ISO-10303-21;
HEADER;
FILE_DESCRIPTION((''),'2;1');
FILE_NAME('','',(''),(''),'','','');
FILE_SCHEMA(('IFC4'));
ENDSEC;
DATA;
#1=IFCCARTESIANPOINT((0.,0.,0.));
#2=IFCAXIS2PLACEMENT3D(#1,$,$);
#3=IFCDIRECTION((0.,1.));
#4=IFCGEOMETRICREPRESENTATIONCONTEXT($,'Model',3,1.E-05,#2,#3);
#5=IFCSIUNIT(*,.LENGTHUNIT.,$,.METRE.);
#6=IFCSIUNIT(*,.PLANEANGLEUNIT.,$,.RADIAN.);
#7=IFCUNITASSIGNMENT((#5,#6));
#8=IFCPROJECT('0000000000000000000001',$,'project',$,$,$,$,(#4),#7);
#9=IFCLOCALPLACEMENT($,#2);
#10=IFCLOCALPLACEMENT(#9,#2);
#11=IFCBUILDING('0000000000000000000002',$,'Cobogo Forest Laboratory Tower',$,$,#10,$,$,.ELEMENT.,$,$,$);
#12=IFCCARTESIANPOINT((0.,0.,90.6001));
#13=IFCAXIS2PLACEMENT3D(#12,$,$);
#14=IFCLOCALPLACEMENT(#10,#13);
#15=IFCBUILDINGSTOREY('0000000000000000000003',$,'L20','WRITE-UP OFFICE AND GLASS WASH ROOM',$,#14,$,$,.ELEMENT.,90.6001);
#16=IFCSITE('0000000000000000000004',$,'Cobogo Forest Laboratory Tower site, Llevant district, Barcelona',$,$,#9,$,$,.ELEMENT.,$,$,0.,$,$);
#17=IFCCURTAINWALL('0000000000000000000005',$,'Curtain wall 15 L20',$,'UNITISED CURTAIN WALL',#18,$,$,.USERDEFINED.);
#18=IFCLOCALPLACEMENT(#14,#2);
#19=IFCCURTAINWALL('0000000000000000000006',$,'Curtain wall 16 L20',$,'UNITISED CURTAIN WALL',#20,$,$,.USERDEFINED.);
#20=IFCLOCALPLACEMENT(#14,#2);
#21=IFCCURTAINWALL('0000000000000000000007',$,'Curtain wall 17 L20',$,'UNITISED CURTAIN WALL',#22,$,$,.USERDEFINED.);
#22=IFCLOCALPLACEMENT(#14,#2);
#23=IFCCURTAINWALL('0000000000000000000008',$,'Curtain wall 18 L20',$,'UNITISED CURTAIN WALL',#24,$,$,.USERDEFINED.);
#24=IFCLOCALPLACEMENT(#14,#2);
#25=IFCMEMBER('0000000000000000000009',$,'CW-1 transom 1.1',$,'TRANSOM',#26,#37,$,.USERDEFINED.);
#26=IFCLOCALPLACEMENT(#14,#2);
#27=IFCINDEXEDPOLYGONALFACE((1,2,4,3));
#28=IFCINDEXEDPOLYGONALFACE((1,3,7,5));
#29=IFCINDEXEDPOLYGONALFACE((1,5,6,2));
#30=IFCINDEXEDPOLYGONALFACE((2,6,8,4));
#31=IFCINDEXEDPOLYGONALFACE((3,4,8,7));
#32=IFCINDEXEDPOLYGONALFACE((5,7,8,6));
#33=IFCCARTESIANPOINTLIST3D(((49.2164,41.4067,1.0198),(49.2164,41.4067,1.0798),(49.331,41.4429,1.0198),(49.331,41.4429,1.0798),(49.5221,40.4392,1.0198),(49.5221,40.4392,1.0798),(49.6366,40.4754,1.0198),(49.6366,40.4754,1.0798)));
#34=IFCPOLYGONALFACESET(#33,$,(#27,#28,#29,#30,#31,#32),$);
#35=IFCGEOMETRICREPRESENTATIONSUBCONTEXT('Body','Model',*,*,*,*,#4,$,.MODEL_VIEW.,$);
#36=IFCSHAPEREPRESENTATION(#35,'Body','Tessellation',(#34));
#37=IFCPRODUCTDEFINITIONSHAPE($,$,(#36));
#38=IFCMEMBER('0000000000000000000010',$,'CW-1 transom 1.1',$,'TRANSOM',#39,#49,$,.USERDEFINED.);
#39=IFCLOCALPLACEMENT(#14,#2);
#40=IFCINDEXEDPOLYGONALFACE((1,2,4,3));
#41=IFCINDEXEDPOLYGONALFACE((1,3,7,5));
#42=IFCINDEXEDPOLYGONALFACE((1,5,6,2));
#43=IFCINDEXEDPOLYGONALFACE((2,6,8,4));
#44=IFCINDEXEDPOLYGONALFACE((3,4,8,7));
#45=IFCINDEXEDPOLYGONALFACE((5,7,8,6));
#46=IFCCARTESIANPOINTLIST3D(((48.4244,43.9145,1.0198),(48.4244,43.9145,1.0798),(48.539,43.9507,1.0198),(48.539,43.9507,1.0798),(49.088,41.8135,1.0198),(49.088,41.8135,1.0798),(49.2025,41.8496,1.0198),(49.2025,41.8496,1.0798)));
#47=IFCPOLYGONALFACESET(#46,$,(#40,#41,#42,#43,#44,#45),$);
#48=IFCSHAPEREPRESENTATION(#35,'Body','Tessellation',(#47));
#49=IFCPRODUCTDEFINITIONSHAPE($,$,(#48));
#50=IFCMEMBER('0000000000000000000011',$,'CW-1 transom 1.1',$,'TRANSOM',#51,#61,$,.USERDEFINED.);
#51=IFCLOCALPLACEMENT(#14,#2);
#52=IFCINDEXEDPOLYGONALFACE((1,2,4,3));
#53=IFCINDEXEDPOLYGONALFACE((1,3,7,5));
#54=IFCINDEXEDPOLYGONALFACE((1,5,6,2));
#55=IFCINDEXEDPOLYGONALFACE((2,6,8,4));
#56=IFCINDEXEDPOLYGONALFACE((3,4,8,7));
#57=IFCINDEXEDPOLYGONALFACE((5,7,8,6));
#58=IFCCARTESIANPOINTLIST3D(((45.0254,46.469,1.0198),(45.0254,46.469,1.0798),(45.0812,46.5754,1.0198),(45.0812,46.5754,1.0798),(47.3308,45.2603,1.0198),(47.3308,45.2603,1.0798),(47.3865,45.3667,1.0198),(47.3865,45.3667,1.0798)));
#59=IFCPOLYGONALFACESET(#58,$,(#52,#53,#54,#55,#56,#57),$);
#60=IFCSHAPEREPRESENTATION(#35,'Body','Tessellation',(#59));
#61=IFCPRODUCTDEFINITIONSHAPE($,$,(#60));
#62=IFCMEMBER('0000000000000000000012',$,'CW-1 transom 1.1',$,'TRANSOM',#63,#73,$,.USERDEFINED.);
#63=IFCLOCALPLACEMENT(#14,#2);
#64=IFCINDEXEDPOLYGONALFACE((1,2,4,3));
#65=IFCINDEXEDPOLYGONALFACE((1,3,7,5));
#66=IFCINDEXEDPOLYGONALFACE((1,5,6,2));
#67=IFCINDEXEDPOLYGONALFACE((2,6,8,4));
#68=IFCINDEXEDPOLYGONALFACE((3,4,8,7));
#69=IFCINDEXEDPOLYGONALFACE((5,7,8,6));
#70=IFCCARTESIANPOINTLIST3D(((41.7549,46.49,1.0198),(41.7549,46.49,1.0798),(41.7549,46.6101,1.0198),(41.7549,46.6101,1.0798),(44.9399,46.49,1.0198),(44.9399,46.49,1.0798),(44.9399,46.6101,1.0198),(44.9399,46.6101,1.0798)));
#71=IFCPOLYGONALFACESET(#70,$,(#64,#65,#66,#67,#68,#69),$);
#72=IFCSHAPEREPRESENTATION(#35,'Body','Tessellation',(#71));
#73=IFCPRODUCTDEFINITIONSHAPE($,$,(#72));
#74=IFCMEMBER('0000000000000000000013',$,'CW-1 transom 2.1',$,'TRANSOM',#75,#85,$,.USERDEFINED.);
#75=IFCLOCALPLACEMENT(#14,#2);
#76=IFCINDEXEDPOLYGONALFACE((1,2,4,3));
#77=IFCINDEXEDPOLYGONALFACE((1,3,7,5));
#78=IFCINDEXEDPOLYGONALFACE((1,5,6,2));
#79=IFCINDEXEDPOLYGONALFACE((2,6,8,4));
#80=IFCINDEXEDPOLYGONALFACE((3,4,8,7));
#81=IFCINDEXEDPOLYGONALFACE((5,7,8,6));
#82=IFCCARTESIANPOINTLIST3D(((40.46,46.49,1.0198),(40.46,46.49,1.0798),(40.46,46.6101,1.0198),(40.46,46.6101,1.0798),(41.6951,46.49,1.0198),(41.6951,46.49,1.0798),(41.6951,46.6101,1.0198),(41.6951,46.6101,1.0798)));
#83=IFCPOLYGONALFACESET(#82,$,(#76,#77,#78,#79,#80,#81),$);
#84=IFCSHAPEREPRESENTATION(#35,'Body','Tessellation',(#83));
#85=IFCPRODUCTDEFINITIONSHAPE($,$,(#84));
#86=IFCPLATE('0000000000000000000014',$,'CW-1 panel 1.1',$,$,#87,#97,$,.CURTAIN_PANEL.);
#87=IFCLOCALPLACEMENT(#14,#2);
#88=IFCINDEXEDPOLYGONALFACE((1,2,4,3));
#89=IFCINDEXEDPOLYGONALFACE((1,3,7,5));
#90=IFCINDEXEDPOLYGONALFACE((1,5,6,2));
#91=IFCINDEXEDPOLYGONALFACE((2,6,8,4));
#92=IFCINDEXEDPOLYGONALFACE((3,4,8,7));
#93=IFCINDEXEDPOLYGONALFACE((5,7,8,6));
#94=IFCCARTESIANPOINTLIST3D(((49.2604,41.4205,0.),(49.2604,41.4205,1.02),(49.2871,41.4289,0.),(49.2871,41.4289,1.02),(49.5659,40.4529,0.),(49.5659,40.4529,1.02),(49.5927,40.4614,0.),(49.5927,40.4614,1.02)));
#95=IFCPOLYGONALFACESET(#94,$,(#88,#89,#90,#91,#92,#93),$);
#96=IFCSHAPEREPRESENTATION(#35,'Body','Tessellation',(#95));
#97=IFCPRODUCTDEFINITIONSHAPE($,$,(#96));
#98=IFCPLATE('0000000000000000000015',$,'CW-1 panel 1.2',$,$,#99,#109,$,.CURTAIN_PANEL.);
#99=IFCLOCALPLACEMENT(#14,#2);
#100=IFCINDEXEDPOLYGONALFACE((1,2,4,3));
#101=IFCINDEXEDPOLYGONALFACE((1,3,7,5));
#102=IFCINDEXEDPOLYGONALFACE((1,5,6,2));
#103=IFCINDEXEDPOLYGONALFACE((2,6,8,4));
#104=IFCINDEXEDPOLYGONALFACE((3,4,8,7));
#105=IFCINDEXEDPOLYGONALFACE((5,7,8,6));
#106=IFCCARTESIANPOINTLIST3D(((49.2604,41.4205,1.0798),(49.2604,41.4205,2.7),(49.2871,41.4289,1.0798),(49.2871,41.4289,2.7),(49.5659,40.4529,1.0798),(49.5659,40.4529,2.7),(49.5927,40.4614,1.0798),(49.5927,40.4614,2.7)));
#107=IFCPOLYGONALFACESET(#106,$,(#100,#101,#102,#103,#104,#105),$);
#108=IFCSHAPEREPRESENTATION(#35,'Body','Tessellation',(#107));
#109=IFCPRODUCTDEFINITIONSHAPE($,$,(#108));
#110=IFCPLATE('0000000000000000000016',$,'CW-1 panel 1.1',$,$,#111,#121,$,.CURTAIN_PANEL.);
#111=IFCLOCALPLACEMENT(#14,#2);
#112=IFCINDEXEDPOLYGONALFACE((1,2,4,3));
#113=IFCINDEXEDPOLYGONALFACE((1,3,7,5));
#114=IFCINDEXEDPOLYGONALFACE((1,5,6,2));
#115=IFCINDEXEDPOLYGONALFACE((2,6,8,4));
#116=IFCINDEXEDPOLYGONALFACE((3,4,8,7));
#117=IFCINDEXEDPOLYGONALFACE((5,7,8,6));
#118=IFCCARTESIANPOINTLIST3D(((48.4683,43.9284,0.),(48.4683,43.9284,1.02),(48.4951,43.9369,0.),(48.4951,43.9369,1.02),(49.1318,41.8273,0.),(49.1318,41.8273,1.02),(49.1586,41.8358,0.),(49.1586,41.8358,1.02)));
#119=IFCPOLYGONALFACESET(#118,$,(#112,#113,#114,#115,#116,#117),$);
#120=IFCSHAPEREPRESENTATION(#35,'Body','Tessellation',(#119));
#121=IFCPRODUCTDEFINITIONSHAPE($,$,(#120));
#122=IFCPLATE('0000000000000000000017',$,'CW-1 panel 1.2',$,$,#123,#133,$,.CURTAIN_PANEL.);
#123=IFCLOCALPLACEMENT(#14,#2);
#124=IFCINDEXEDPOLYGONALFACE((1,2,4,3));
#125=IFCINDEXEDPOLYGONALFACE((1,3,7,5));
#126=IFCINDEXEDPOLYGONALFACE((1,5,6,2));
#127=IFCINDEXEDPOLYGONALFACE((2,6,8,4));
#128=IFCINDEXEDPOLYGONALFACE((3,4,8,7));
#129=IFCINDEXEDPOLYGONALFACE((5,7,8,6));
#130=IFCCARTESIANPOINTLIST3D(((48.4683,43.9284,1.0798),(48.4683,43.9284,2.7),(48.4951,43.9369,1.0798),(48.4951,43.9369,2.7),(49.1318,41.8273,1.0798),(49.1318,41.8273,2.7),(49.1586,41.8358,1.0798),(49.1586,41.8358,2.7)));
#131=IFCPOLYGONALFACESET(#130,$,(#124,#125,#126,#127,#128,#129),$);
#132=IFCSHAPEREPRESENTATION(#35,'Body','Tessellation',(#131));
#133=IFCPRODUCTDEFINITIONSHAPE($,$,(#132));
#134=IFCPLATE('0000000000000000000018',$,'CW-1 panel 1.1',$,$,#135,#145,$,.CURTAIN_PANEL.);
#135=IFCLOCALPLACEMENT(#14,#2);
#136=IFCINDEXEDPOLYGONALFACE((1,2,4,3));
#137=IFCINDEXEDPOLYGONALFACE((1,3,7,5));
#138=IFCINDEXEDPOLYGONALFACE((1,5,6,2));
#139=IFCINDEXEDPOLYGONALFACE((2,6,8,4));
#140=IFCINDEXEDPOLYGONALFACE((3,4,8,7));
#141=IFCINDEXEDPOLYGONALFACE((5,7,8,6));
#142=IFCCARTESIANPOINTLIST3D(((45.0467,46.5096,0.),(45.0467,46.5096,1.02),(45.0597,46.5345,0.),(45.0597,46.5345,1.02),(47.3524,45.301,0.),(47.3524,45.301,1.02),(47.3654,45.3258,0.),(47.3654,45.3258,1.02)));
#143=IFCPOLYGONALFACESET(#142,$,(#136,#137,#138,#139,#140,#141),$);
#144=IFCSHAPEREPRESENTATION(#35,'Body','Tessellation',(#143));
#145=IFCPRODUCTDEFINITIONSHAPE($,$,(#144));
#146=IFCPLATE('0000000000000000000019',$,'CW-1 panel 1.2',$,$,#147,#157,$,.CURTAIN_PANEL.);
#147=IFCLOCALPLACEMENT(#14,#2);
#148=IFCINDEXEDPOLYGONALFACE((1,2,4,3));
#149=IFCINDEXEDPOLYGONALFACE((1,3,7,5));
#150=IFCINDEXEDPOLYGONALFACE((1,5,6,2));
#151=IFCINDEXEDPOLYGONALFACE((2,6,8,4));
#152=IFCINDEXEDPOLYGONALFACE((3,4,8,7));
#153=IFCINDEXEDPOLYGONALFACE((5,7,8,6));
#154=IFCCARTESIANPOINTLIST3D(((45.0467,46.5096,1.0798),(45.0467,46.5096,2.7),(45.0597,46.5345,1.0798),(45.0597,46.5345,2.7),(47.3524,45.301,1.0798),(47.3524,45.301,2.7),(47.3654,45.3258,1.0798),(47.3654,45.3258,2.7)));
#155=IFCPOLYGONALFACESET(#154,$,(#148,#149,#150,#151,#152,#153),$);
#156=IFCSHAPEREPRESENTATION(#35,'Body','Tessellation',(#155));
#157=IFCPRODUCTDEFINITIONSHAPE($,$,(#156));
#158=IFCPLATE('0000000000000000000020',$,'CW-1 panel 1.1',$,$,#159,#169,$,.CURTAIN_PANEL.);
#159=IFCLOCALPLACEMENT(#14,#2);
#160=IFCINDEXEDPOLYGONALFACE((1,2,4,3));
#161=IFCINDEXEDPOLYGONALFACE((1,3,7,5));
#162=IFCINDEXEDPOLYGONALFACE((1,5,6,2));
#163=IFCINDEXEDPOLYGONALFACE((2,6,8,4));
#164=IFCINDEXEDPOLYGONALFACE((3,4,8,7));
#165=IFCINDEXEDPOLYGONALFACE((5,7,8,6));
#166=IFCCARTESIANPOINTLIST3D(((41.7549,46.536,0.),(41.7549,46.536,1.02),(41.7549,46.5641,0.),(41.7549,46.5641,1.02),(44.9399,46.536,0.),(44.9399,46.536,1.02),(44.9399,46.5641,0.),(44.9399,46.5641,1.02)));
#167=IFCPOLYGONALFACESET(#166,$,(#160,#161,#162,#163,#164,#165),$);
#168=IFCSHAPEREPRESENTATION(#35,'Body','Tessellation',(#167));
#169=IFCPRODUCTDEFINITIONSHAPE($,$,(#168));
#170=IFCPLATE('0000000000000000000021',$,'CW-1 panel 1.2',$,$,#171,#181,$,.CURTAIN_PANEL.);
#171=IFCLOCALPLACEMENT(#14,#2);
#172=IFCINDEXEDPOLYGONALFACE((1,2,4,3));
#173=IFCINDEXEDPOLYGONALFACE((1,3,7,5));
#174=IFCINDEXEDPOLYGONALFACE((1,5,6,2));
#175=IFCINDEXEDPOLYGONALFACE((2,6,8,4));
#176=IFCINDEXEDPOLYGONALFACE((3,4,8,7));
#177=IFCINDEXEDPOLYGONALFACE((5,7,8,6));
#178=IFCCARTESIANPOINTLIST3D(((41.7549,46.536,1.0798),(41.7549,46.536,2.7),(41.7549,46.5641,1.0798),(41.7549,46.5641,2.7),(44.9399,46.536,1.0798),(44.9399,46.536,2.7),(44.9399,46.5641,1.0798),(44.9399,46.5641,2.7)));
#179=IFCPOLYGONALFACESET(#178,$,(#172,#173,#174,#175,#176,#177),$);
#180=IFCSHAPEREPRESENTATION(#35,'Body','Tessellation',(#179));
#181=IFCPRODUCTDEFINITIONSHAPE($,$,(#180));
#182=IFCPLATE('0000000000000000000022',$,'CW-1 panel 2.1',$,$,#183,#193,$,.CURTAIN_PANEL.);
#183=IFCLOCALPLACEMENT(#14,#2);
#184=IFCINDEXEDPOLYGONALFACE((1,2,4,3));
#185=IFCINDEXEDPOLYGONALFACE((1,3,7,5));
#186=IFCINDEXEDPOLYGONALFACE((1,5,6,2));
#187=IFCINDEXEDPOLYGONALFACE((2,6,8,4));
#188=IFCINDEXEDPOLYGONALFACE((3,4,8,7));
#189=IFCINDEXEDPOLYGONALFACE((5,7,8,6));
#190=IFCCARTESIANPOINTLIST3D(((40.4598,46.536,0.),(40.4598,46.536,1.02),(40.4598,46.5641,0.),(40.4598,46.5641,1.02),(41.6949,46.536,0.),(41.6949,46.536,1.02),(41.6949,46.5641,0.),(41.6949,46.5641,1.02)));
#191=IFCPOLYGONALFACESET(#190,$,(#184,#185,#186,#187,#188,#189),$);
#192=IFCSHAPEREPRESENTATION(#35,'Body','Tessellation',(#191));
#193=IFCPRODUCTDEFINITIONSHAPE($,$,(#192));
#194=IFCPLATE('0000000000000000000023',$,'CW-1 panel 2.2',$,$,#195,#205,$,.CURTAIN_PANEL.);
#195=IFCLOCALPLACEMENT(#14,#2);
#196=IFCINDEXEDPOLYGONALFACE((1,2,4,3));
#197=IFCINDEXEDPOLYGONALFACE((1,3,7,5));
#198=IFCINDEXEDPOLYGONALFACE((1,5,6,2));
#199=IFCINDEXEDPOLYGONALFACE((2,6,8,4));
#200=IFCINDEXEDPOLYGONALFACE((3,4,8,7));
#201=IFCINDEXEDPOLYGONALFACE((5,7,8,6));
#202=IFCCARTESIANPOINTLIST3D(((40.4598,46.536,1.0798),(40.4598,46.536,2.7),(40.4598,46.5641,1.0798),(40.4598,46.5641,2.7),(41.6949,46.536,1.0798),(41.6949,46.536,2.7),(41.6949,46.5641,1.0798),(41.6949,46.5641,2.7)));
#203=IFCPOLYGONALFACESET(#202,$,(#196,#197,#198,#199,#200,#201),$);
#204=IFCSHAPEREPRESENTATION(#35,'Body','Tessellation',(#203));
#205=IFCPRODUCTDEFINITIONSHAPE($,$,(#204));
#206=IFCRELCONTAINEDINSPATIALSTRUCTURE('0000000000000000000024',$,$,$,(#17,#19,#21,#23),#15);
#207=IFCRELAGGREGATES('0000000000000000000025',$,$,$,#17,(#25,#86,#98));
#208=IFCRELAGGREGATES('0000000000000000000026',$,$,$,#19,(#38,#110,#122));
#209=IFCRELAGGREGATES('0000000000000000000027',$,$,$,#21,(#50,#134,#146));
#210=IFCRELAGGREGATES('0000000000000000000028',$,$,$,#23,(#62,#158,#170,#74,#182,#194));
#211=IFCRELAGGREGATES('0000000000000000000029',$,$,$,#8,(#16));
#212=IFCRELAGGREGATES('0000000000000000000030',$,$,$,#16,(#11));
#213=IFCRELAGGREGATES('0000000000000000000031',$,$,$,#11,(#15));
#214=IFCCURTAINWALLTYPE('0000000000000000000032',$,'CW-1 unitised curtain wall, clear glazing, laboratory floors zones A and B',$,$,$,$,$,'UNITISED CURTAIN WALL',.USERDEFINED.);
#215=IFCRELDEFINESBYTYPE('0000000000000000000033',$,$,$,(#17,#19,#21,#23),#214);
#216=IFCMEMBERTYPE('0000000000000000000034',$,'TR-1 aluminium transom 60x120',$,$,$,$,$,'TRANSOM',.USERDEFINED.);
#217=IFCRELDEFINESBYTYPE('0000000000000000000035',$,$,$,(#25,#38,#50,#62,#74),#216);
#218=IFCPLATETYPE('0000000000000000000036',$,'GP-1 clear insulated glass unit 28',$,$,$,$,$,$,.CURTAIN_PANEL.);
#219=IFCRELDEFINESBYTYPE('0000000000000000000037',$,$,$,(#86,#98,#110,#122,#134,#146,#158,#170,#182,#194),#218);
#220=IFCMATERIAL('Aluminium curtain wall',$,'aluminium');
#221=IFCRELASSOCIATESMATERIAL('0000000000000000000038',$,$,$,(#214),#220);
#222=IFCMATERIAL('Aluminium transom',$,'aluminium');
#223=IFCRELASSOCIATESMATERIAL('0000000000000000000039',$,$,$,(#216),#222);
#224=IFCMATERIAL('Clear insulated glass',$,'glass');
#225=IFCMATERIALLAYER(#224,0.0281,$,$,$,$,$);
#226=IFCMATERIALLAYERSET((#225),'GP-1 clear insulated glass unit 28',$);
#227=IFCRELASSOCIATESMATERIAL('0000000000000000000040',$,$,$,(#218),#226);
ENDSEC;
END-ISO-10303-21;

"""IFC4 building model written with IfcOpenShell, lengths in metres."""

from ifc_helpers import new_model, si_unit, direction, frame, origin, origin_2d, place, context, subcontext, project, spatial, rectangle, extrude, material, layer, layer_set, material_profile, profile_set, type_object, element, aggregate, save


model = new_model("IFC4")

# Units and contexts
model_context = context("Model", 3, precision=1e-05, world=origin(), true_north=direction((0.0, 1.0)))
body_context = subcontext(model_context, "Body", "Model", "MODEL_VIEW")
ifc_project = project(units=[si_unit("LENGTHUNIT", "METRE"), si_unit("PLANEANGLEUNIT", "RADIAN")], contexts=[model_context])

# Site, building, storey
site_placement = place(None, origin())
site = spatial("IfcSite", under=ifc_project, at=site_placement, Name="Cobogo Forest Laboratory Tower site, Llevant district, Barcelona", CompositionType="ELEMENT", RefElevation=0.0)
building_placement = place(site_placement, origin())
building = spatial("IfcBuilding", under=site, at=building_placement, Name="Cobogo Forest Laboratory Tower", CompositionType="ELEMENT")
storey_placement = place(building_placement, frame((0.0, 0.0, 90.6001)))
storey = spatial("IfcBuildingStorey", under=building, at=storey_placement, Name="L20", Description="WRITE-UP OFFICE AND GLASS WASH ROOM", CompositionType="ELEMENT", Elevation=90.6001)

# Curtain walls
ifc_material_1 = material(Name="Aluminium curtain wall", Category="aluminium")
curtain_wall_type = type_object("IfcCurtainWallType", Name="CW-1 unitised curtain wall, clear glazing, laboratory floors zones A and B", ElementType="UNITISED CURTAIN WALL", PredefinedType="USERDEFINED", material=ifc_material_1)
curtain_wall_1_placement = place(storey_placement, origin())
curtain_wall_1 = element("IfcCurtainWall", 1, at=curtain_wall_1_placement, inside=storey, type_object=curtain_wall_type, Name="Curtain wall 15 L20", ObjectType="UNITISED CURTAIN WALL", PredefinedType="USERDEFINED")
curtain_wall_2_placement = place(storey_placement, origin())
curtain_wall_2 = element("IfcCurtainWall", 2, at=curtain_wall_2_placement, inside=storey, type_object=curtain_wall_type, Name="Curtain wall 16 L20", ObjectType="UNITISED CURTAIN WALL", PredefinedType="USERDEFINED")
curtain_wall_3_placement = place(storey_placement, origin())
curtain_wall_3 = element("IfcCurtainWall", 3, at=curtain_wall_3_placement, inside=storey, type_object=curtain_wall_type, Name="Curtain wall 17 L20", ObjectType="UNITISED CURTAIN WALL", PredefinedType="USERDEFINED")
curtain_wall_4_placement = place(storey_placement, origin())
curtain_wall_4 = element("IfcCurtainWall", 4, at=curtain_wall_4_placement, inside=storey, type_object=curtain_wall_type, Name="Curtain wall 18 L20", ObjectType="UNITISED CURTAIN WALL", PredefinedType="USERDEFINED")

# Members
ifc_material_2 = material(Name="Aluminium transom", Category="aluminium")
ifc_material_profile_1 = material_profile(ifc_material_2, rectangle(XDim=0.1201, YDim=0.0601, at=origin_2d()), Name="AL 60x120")
ifc_profile_set_1 = profile_set([ifc_material_profile_1], Name="Aluminium transom")
member_type_1 = type_object("IfcMemberType", Name="TR-1 aluminium transom 60x120", ElementType="TRANSOM", PredefinedType="USERDEFINED", material=ifc_profile_set_1)
member_1_placement = place(storey_placement, frame((49.5793, 40.4573, 1.0498), z_axis=(-0.301247, 0.953546, 0.0), x_axis=(-0.953546, -0.301247, 0.0)))
member_1 = element("IfcMember", 5, at=member_1_placement, type_object=member_type_1, Name="CW-1 transom 1.1", ObjectType="TRANSOM", PredefinedType="USERDEFINED", context=body_context, shape_type="SweptSolid", body=[
    extrude(rectangle(XDim=0.1201, YDim=0.0601, at=origin_2d()), origin(), (0.0, 0.0, 1.0), 1.0146),
])
member_2_placement = place(storey_placement, frame((49.1453, 41.8315, 1.0498), z_axis=(-0.301163, 0.953573, 0.0), x_axis=(-0.953573, -0.301163, 0.0)))
member_2 = element("IfcMember", 6, at=member_2_placement, type_object=member_type_1, Name="CW-1 transom 1.1", ObjectType="TRANSOM", PredefinedType="USERDEFINED", context=body_context, shape_type="SweptSolid", body=[
    extrude(rectangle(XDim=0.1201, YDim=0.0601, at=origin_2d()), origin(), (0.0, 0.0, 1.0), 2.2034),
])
member_3_placement = place(storey_placement, frame((47.3586, 45.3135, 1.0498), z_axis=(-0.885652, 0.46435, 0.0), x_axis=(-0.46435, -0.885652, 0.0)))
member_3 = element("IfcMember", 7, at=member_3_placement, type_object=member_type_1, Name="CW-1 transom 1.1", ObjectType="TRANSOM", PredefinedType="USERDEFINED", context=body_context, shape_type="SweptSolid", body=[
    extrude(rectangle(XDim=0.1201, YDim=0.0601, at=origin_2d()), origin(), (0.0, 0.0, 1.0), 2.603),
])
member_4_placement = place(storey_placement, frame((44.9399, 46.55, 1.0498), z_axis=(-1.0, 0.0, 0.0), x_axis=(0.0, -1.0, 0.0)))
member_4 = element("IfcMember", 8, at=member_4_placement, type_object=member_type_1, Name="CW-1 transom 1.1", ObjectType="TRANSOM", PredefinedType="USERDEFINED", context=body_context, shape_type="SweptSolid", body=[
    extrude(rectangle(XDim=0.1201, YDim=0.0601, at=origin_2d()), origin(), (0.0, 0.0, 1.0), 3.1851),
])
member_5_placement = place(storey_placement, frame((41.6951, 46.55, 1.0498), z_axis=(-1.0, 0.0, 0.0), x_axis=(0.0, -1.0, 0.0)))
member_5 = element("IfcMember", 9, at=member_5_placement, type_object=member_type_1, Name="CW-1 transom 2.1", ObjectType="TRANSOM", PredefinedType="USERDEFINED", context=body_context, shape_type="SweptSolid", body=[
    extrude(rectangle(XDim=0.1201, YDim=0.0601, at=origin_2d()), origin(), (0.0, 0.0, 1.0), 1.2351),
])

# Plates
ifc_material_3 = material(Name="Clear insulated glass", Category="glass")
ifc_layer_1 = layer(ifc_material_3, 0.0281)
ifc_layer_set_1 = layer_set([ifc_layer_1], Name="GP-1 clear insulated glass unit 28")
plate_type = type_object("IfcPlateType", Name="GP-1 clear insulated glass unit 28", PredefinedType="CURTAIN_PANEL", material=ifc_layer_set_1)
plate_1_placement = place(storey_placement, frame((49.4265, 40.9409, 0.0), z_axis=(0.0, 0.0, 1.0), x_axis=(-0.301136, 0.953581, 0.0)))
plate_1 = element("IfcPlate", 10, at=plate_1_placement, type_object=plate_type, Name="CW-1 panel 1.1", PredefinedType="CURTAIN_PANEL", context=body_context, shape_type="SweptSolid", body=[
    extrude(rectangle(XDim=1.0146, YDim=0.0281, at=origin_2d()), origin(), (0.0, 0.0, 1.0), 1.02),
])
plate_2_placement = place(storey_placement, frame((49.4265, 40.9409, 1.0798), z_axis=(0.0, 0.0, 1.0), x_axis=(-0.301136, 0.953581, 0.0)))
plate_2 = element("IfcPlate", 11, at=plate_2_placement, type_object=plate_type, Name="CW-1 panel 1.2", PredefinedType="CURTAIN_PANEL", context=body_context, shape_type="SweptSolid", body=[
    extrude(rectangle(XDim=1.0146, YDim=0.0281, at=origin_2d()), origin(), (0.0, 0.0, 1.0), 1.6201),
])
aggregate(curtain_wall_1, [member_1, plate_1, plate_2])
plate_3_placement = place(storey_placement, frame((48.8135, 42.8821, 0.0), z_axis=(0.0, 0.0, 1.0), x_axis=(-0.301135, 0.953581, 0.0)))
plate_3 = element("IfcPlate", 12, at=plate_3_placement, type_object=plate_type, Name="CW-1 panel 1.1", PredefinedType="CURTAIN_PANEL", context=body_context, shape_type="SweptSolid", body=[
    extrude(rectangle(XDim=2.2034, YDim=0.0281, at=origin_2d()), origin(), (0.0, 0.0, 1.0), 1.02),
])
plate_4_placement = place(storey_placement, frame((48.8135, 42.8821, 1.0798), z_axis=(0.0, 0.0, 1.0), x_axis=(-0.301135, 0.953581, 0.0)))
plate_4 = element("IfcPlate", 13, at=plate_4_placement, type_object=plate_type, Name="CW-1 panel 1.2", PredefinedType="CURTAIN_PANEL", context=body_context, shape_type="SweptSolid", body=[
    extrude(rectangle(XDim=2.2034, YDim=0.0281, at=origin_2d()), origin(), (0.0, 0.0, 1.0), 1.6201),
])
aggregate(curtain_wall_2, [member_2, plate_3, plate_4])
plate_5_placement = place(storey_placement, frame((46.2061, 45.9177, 0.0), z_axis=(0.0, 0.0, 1.0), x_axis=(-0.885687, 0.464284, 0.0)))
plate_5 = element("IfcPlate", 14, at=plate_5_placement, type_object=plate_type, Name="CW-1 panel 1.1", PredefinedType="CURTAIN_PANEL", context=body_context, shape_type="SweptSolid", body=[
    extrude(rectangle(XDim=2.6033, YDim=0.0281, at=origin_2d()), origin(), (0.0, 0.0, 1.0), 1.02),
])
plate_6_placement = place(storey_placement, frame((46.2061, 45.9177, 1.0798), z_axis=(0.0, 0.0, 1.0), x_axis=(-0.885687, 0.464284, 0.0)))
plate_6 = element("IfcPlate", 15, at=plate_6_placement, type_object=plate_type, Name="CW-1 panel 1.2", PredefinedType="CURTAIN_PANEL", context=body_context, shape_type="SweptSolid", body=[
    extrude(rectangle(XDim=2.6033, YDim=0.0281, at=origin_2d()), origin(), (0.0, 0.0, 1.0), 1.6201),
])
aggregate(curtain_wall_3, [member_3, plate_5, plate_6])
plate_7_placement = place(storey_placement, frame((43.3474, 46.55, 0.0), z_axis=(0.0, 0.0, 1.0), x_axis=(-1.0, 0.0, 0.0)))
plate_7 = element("IfcPlate", 16, at=plate_7_placement, type_object=plate_type, Name="CW-1 panel 1.1", PredefinedType="CURTAIN_PANEL", context=body_context, shape_type="SweptSolid", body=[
    extrude(rectangle(XDim=3.1851, YDim=0.0281, at=origin_2d()), origin(), (0.0, 0.0, 1.0), 1.02),
])
plate_8_placement = place(storey_placement, frame((43.3474, 46.55, 1.0798), z_axis=(0.0, 0.0, 1.0), x_axis=(-1.0, 0.0, 0.0)))
plate_8 = element("IfcPlate", 17, at=plate_8_placement, type_object=plate_type, Name="CW-1 panel 1.2", PredefinedType="CURTAIN_PANEL", context=body_context, shape_type="SweptSolid", body=[
    extrude(rectangle(XDim=3.1851, YDim=0.0281, at=origin_2d()), origin(), (0.0, 0.0, 1.0), 1.6201),
])
plate_9_placement = place(storey_placement, frame((41.0774, 46.55, 0.0), z_axis=(0.0, 0.0, 1.0), x_axis=(-1.0, 0.0, 0.0)))
plate_9 = element("IfcPlate", 18, at=plate_9_placement, type_object=plate_type, Name="CW-1 panel 2.1", PredefinedType="CURTAIN_PANEL", context=body_context, shape_type="SweptSolid", body=[
    extrude(rectangle(XDim=1.2351, YDim=0.0281, at=origin_2d()), origin(), (0.0, 0.0, 1.0), 1.02),
])
plate_10_placement = place(storey_placement, frame((41.0774, 46.55, 1.0798), z_axis=(0.0, 0.0, 1.0), x_axis=(-1.0, 0.0, 0.0)))
plate_10 = element("IfcPlate", 19, at=plate_10_placement, type_object=plate_type, Name="CW-1 panel 2.2", PredefinedType="CURTAIN_PANEL", context=body_context, shape_type="SweptSolid", body=[
    extrude(rectangle(XDim=1.2351, YDim=0.0281, at=origin_2d()), origin(), (0.0, 0.0, 1.0), 1.6201),
])
aggregate(curtain_wall_4, [member_4, plate_7, plate_8, member_5, plate_9, plate_10])

save(model, "model.ifc")
